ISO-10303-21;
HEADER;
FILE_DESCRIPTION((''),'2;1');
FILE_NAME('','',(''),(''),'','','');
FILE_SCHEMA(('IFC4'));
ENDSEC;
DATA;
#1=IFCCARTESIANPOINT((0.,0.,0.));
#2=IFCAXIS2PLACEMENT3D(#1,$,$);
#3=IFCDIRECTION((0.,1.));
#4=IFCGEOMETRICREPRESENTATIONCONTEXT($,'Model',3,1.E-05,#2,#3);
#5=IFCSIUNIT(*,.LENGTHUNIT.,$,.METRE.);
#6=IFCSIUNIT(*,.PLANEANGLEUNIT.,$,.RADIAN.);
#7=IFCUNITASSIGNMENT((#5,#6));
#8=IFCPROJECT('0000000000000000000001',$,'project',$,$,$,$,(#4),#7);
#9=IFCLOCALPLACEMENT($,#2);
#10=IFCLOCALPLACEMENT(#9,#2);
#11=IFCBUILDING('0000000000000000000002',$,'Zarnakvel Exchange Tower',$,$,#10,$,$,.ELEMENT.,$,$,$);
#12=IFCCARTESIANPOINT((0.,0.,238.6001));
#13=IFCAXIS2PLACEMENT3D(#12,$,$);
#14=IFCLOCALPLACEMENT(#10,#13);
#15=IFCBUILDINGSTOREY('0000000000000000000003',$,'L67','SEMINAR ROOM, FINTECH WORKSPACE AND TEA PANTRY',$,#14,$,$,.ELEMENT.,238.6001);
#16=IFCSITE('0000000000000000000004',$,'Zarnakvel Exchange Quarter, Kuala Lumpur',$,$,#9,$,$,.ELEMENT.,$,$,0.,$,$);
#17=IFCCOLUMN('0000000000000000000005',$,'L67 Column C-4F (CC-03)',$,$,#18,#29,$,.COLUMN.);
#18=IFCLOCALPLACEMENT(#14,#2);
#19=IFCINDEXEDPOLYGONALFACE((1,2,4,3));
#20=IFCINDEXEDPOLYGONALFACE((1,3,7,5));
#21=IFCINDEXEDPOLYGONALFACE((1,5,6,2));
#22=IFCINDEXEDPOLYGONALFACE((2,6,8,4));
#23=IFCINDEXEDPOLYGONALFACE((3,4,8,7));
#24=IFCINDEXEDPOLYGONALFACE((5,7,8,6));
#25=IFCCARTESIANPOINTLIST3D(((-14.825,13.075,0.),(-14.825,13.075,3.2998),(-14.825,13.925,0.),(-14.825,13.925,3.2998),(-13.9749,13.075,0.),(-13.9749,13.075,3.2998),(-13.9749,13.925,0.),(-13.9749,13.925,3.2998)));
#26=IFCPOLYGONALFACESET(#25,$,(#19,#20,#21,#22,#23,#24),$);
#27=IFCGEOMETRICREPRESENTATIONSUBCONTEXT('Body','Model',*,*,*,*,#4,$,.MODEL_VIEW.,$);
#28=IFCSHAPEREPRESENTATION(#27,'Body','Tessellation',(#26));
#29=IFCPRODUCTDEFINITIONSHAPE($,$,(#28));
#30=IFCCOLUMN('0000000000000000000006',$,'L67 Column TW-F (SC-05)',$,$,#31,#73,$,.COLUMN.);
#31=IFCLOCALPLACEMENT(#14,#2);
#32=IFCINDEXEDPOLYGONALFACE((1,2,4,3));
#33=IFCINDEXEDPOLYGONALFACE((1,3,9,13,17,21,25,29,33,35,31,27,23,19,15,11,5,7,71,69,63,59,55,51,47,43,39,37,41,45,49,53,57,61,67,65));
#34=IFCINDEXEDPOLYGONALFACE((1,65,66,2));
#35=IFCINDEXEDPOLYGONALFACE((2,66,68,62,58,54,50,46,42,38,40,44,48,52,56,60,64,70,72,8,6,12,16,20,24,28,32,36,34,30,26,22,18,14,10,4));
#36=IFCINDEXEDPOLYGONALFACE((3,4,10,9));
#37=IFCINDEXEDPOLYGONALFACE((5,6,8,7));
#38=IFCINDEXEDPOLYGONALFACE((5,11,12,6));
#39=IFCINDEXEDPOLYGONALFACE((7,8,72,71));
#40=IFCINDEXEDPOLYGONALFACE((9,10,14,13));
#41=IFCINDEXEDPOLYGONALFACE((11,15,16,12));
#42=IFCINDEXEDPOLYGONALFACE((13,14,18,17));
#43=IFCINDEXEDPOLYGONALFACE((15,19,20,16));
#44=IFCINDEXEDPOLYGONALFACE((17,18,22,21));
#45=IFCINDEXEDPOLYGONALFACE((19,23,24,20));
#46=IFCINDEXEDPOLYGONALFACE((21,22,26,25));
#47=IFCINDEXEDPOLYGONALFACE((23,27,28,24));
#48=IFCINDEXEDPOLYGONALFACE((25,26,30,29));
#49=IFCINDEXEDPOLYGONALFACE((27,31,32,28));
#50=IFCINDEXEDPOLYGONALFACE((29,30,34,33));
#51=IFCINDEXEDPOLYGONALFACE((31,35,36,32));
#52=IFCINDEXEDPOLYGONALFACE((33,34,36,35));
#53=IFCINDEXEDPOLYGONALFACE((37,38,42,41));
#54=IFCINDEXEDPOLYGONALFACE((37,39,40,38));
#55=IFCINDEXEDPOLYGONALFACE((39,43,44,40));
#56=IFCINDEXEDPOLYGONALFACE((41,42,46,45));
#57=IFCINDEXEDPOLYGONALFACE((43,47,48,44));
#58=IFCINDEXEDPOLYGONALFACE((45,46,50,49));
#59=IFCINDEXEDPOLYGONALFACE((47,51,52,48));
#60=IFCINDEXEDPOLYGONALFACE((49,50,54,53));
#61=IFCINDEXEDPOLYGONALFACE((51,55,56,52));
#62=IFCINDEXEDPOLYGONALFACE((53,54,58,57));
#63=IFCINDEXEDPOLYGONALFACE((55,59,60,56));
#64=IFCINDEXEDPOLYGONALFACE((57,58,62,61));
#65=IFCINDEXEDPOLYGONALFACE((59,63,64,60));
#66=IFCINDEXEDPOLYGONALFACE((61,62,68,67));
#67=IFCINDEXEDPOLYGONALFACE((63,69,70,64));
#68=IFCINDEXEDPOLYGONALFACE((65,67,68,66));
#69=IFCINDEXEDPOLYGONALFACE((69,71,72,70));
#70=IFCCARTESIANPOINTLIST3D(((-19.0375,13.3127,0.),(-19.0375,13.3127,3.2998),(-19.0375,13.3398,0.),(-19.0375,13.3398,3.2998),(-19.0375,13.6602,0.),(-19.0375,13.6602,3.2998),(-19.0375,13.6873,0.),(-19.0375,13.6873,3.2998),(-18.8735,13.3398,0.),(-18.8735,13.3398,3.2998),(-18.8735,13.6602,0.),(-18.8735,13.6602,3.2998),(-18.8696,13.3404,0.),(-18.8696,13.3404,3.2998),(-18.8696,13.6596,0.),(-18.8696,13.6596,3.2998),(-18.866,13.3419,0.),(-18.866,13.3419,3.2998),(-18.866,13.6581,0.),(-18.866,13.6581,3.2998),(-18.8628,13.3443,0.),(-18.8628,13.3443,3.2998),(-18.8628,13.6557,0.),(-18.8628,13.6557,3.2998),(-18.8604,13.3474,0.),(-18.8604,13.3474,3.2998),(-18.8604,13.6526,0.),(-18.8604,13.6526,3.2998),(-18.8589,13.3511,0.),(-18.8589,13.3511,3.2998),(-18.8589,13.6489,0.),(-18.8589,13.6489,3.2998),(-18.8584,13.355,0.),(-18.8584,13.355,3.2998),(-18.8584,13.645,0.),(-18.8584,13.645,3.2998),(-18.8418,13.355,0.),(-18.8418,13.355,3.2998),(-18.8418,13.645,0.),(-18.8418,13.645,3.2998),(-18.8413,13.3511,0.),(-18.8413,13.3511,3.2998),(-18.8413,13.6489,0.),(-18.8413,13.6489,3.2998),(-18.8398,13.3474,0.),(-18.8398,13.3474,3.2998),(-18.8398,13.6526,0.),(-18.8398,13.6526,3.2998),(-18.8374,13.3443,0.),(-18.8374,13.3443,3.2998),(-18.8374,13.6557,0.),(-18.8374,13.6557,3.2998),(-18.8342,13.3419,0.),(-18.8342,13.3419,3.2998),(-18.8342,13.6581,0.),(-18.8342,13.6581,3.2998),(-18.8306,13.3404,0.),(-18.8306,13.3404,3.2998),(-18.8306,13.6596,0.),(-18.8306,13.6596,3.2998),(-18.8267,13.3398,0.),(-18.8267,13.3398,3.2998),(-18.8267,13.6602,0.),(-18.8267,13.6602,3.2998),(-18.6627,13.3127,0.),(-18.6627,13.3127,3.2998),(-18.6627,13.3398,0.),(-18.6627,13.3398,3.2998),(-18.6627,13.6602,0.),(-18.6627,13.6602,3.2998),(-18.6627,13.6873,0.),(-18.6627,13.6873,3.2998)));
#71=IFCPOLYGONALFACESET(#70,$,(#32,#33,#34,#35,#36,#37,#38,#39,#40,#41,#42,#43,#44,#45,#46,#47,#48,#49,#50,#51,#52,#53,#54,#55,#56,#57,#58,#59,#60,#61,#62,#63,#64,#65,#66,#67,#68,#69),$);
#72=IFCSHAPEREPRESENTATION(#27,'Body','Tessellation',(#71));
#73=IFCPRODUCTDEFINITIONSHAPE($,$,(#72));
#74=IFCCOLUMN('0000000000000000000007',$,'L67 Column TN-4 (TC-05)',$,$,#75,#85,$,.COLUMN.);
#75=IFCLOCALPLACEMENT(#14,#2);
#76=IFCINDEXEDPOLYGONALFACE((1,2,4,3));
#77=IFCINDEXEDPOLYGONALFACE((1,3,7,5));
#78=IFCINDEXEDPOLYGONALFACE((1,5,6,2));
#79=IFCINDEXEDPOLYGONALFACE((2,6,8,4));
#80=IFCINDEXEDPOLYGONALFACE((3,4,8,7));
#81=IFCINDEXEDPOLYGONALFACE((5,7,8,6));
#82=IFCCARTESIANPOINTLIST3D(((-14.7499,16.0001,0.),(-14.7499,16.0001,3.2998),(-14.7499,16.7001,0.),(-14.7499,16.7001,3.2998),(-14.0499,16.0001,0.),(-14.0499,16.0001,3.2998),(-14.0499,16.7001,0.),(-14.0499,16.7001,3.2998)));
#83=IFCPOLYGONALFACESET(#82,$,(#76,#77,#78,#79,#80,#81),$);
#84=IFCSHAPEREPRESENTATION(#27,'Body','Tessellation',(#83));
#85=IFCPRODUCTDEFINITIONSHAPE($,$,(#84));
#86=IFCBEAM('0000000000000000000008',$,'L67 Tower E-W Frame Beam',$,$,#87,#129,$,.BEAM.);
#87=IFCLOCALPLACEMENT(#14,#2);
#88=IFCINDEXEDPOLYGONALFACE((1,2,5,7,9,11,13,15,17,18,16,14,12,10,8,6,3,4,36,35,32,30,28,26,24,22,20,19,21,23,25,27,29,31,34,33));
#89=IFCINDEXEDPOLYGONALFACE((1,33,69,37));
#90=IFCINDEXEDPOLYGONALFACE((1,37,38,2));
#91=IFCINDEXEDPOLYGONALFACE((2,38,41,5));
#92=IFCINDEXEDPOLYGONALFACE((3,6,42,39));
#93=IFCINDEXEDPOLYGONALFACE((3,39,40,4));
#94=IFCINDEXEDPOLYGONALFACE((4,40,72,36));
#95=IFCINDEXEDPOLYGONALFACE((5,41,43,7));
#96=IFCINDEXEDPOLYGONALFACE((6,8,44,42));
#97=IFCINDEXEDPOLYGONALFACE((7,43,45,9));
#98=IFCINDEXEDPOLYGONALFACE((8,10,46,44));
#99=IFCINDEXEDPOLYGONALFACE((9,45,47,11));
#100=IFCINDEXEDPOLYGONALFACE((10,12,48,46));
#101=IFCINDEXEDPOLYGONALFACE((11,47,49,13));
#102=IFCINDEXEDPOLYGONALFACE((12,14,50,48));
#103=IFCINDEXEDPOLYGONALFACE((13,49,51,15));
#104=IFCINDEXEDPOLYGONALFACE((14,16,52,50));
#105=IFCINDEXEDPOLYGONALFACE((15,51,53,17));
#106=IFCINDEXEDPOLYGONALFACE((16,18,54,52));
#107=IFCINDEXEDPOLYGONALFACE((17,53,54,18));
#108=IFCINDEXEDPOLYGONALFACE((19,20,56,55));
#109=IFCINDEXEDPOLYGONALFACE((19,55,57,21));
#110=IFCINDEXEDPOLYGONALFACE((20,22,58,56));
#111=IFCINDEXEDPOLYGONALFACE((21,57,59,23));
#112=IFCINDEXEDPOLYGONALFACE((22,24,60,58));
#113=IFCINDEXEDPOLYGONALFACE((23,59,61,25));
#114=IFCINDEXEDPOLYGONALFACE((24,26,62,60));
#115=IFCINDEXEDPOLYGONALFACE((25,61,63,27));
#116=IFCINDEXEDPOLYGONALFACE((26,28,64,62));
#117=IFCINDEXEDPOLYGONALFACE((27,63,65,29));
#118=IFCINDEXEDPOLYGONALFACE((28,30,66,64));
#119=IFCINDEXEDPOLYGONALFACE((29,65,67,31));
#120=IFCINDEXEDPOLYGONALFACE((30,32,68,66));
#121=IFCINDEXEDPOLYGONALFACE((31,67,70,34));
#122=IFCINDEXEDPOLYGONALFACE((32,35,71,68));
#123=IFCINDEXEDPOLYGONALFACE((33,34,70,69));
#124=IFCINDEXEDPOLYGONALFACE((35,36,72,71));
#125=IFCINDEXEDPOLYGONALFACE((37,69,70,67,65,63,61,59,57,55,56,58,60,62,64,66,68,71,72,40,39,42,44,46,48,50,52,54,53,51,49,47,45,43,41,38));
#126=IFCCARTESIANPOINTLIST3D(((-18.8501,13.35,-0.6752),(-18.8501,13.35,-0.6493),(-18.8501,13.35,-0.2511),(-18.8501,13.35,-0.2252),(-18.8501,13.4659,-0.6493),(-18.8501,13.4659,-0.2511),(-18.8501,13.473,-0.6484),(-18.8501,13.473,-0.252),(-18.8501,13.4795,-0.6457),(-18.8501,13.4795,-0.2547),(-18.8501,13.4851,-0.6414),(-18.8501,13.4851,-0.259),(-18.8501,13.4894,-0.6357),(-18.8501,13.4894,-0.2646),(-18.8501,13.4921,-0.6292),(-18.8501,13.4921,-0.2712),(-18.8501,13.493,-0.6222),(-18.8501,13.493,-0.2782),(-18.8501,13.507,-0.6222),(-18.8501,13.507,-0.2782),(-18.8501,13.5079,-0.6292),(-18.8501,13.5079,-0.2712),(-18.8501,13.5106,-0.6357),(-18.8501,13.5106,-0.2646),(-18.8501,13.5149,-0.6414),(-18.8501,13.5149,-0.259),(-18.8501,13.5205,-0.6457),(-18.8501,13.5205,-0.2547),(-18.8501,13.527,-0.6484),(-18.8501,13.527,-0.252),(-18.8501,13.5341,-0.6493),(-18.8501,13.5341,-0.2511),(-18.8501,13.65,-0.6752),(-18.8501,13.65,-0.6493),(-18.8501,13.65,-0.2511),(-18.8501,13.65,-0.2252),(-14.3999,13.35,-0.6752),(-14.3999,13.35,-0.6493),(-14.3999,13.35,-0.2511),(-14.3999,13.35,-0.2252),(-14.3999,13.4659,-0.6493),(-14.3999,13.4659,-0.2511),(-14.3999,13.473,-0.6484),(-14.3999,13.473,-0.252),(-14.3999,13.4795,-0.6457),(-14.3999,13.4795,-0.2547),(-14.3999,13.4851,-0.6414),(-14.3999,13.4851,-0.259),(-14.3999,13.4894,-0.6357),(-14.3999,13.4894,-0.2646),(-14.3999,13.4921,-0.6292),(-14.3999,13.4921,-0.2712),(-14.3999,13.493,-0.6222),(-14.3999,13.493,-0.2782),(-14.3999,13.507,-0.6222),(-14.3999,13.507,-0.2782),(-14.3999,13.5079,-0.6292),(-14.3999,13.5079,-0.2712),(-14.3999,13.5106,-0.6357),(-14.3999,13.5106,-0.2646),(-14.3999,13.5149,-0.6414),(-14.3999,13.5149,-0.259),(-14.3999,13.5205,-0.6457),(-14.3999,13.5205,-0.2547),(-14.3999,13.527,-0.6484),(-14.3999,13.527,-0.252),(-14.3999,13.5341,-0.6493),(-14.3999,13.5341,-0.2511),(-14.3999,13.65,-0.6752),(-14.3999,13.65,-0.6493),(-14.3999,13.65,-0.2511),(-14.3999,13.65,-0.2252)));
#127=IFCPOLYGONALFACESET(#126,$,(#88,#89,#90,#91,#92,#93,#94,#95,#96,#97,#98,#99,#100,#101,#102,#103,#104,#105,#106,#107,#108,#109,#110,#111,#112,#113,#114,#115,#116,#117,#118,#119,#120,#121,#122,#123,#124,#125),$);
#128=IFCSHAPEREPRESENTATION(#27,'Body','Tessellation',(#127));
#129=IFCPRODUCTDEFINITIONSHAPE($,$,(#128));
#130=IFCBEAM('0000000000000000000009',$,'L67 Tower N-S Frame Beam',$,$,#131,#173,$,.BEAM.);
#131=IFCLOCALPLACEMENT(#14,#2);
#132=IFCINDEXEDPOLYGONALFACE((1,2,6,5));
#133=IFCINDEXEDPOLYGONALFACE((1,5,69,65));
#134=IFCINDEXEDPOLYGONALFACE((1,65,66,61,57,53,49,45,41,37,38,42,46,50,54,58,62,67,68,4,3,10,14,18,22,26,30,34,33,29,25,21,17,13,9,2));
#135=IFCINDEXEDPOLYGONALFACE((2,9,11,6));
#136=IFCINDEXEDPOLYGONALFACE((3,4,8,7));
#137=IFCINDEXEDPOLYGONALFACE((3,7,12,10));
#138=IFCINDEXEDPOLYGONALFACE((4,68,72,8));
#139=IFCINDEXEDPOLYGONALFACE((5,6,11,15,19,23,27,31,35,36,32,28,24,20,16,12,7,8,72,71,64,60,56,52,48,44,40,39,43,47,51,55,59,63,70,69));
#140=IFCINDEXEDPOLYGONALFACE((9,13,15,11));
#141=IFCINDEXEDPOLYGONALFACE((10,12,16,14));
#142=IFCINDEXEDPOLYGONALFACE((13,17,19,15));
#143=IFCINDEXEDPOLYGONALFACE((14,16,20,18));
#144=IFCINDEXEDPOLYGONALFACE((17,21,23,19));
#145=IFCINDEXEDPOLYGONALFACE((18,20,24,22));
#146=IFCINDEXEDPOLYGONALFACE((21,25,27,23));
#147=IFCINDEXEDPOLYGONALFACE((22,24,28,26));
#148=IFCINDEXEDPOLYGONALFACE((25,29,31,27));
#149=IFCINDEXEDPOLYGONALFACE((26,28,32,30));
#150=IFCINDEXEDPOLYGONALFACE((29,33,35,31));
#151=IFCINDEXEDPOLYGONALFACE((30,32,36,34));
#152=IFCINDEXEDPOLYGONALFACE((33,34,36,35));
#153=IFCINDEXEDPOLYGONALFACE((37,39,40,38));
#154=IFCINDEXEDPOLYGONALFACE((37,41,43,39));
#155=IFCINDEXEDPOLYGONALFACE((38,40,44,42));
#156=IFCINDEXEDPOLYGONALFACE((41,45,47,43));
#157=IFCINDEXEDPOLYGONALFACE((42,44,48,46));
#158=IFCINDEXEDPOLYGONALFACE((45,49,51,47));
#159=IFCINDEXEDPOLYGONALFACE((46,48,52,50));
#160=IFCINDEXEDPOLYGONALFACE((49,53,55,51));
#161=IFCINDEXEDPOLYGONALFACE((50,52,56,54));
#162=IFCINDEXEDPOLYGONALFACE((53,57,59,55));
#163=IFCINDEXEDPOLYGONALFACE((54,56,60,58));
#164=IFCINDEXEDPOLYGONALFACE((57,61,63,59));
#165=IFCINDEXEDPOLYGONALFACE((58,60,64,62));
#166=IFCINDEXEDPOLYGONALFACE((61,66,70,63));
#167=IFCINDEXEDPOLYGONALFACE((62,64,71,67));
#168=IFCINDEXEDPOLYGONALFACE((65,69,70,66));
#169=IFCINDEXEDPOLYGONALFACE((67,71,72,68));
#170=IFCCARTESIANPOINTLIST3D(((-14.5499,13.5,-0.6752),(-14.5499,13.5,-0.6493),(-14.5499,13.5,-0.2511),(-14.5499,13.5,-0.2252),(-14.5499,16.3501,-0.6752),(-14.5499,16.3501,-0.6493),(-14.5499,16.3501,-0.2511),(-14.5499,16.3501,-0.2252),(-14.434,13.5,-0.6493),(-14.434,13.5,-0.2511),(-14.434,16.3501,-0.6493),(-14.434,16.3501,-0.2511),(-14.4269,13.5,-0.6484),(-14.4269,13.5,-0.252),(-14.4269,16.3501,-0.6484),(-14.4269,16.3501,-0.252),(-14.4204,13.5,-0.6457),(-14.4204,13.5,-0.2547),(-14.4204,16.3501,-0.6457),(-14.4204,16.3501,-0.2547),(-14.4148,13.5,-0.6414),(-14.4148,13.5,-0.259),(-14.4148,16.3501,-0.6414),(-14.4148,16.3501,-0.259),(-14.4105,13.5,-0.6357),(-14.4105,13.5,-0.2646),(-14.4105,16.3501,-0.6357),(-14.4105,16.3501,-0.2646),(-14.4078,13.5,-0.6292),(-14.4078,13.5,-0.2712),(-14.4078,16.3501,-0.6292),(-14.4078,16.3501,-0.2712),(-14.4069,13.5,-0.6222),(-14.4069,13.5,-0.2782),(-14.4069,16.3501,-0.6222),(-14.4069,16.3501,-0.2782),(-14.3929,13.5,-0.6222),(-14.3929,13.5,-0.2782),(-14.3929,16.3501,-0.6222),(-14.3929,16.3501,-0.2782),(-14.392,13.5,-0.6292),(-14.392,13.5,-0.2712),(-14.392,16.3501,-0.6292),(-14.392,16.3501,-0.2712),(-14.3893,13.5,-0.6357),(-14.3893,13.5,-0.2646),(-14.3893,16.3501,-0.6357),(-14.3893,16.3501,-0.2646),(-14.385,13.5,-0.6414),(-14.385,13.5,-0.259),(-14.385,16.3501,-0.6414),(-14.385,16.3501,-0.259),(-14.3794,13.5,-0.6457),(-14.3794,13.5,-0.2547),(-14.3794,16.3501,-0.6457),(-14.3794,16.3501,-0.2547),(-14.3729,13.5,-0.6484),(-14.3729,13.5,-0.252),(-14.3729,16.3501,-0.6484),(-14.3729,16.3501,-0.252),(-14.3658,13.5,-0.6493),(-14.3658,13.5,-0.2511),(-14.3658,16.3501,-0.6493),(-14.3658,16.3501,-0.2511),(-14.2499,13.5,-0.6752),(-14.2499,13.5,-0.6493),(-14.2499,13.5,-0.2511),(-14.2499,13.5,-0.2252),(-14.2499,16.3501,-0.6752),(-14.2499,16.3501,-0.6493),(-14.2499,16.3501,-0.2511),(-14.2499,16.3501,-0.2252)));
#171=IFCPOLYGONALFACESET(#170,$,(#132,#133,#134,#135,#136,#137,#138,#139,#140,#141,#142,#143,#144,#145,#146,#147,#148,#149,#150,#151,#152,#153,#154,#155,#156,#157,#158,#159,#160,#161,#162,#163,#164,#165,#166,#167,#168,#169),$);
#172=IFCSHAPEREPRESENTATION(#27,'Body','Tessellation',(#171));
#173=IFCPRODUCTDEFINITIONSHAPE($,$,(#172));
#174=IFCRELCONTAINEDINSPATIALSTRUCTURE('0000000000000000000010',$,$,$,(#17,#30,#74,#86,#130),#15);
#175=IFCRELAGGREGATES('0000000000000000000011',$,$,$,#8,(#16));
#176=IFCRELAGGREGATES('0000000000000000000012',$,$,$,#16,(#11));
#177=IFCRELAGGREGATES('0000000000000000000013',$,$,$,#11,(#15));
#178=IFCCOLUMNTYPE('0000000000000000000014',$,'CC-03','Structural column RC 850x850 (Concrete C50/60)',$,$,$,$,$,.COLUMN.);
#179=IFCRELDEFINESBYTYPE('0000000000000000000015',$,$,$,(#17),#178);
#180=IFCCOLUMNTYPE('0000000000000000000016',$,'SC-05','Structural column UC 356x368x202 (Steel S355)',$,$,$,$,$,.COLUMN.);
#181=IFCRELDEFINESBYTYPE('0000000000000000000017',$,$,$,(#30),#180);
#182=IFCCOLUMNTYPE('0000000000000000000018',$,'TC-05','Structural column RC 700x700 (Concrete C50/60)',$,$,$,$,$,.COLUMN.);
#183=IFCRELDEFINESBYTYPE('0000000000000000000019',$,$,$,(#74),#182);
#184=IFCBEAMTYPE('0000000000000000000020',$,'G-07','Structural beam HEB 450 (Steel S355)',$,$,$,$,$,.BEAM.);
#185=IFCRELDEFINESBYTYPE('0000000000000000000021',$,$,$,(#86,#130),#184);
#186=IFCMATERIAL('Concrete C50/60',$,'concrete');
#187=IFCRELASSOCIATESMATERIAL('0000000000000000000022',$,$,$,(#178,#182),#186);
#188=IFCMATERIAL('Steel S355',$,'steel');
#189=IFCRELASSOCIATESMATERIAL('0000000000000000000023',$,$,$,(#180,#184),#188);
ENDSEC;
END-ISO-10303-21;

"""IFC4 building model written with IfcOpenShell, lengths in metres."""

from ifc_helpers import new_model, si_unit, direction, frame, origin, origin_2d, place, context, subcontext, project, spatial, rectangle, i_section, extrude, material, material_profile, profile_set, type_object, element, save


model = new_model("IFC4")

# Units and contexts
model_context = context("Model", 3, precision=1e-05, world=origin(), true_north=direction((0.0, 1.0)))
body_context = subcontext(model_context, "Body", "Model", "MODEL_VIEW")
ifc_project = project(units=[si_unit("LENGTHUNIT", "METRE"), si_unit("PLANEANGLEUNIT", "RADIAN")], contexts=[model_context])

# Site, building, storey
site_placement = place(None, origin())
site = spatial("IfcSite", under=ifc_project, at=site_placement, Name="Zarnakvel Exchange Quarter, Kuala Lumpur", CompositionType="ELEMENT", RefElevation=0.0)
building_placement = place(site_placement, origin())
building = spatial("IfcBuilding", under=site, at=building_placement, Name="Zarnakvel Exchange Tower", CompositionType="ELEMENT")
storey_placement = place(building_placement, frame((0.0, 0.0, 238.6001)))
storey = spatial("IfcBuildingStorey", under=building, at=storey_placement, Name="L67", Description="SEMINAR ROOM, FINTECH WORKSPACE AND TEA PANTRY", CompositionType="ELEMENT", Elevation=238.6001)

# Columns
ifc_material_1 = material(Name="Concrete C50/60", Category="concrete")
ifc_material_profile_1 = material_profile(ifc_material_1, rectangle(XDim=0.8501, YDim=0.8501, at=origin_2d()))
ifc_profile_set_1 = profile_set([ifc_material_profile_1], Name="Concrete C50/60")
column_type_1 = type_object("IfcColumnType", Name="CC-03", Description="Structural column RC 850x850 (Concrete C50/60)", PredefinedType="COLUMN", material=ifc_profile_set_1)
column_1_placement = place(storey_placement, frame((-14.3999, 13.5, 0.0), z_axis=(0.0, 0.0, 1.0), x_axis=(1.0, 0.0, 0.0)))
element("IfcColumn", 1, at=column_1_placement, inside=storey, type_object=column_type_1, Name="L67 Column C-4F (CC-03)", PredefinedType="COLUMN", context=body_context, shape_type="SweptSolid", body=[
    extrude(rectangle(XDim=0.8501, YDim=0.8501, at=origin_2d()), origin(), (0.0, 0.0, 1.0), 3.2998),
])
ifc_material_2 = material(Name="Steel S355", Category="steel")
ifc_material_profile_2 = material_profile(ifc_material_2, i_section(OverallWidth=0.3748, OverallDepth=0.3745, WebThickness=0.0166, FlangeThickness=0.0271, FilletRadius=0.0151, at=origin_2d()))
ifc_profile_set_2 = profile_set([ifc_material_profile_2], Name="Steel S355")
column_type_2 = type_object("IfcColumnType", Name="SC-05", Description="Structural column UC 356x368x202 (Steel S355)", PredefinedType="COLUMN", material=ifc_profile_set_2)
column_2_placement = place(storey_placement, frame((-18.8501, 13.5, 0.0), z_axis=(0.0, 0.0, 1.0), x_axis=(1.0, 0.0, 0.0)))
element("IfcColumn", 2, at=column_2_placement, inside=storey, type_object=column_type_2, Name="L67 Column TW-F (SC-05)", PredefinedType="COLUMN", context=body_context, shape_type="SweptSolid", body=[
    extrude(i_section(OverallWidth=0.3748, OverallDepth=0.3745, WebThickness=0.0166, FlangeThickness=0.0271, FilletRadius=0.0151, at=origin_2d()), origin(), (0.0, 0.0, 1.0), 3.2998),
])
ifc_material_profile_3 = material_profile(ifc_material_1, rectangle(XDim=0.7, YDim=0.7, at=origin_2d()))
ifc_profile_set_3 = profile_set([ifc_material_profile_3], Name="Concrete C50/60")
column_type_3 = type_object("IfcColumnType", Name="TC-05", Description="Structural column RC 700x700 (Concrete C50/60)", PredefinedType="COLUMN", material=ifc_profile_set_3)
column_3_placement = place(storey_placement, frame((-14.3999, 16.3501, 0.0), z_axis=(0.0, 0.0, 1.0), x_axis=(1.0, 0.0, 0.0)))
element("IfcColumn", 3, at=column_3_placement, inside=storey, type_object=column_type_3, Name="L67 Column TN-4 (TC-05)", PredefinedType="COLUMN", context=body_context, shape_type="SweptSolid", body=[
    extrude(rectangle(XDim=0.7, YDim=0.7, at=origin_2d()), origin(), (0.0, 0.0, 1.0), 3.2998),
])

# Beams
ifc_material_profile_4 = material_profile(ifc_material_2, i_section(OverallWidth=0.3, OverallDepth=0.45, WebThickness=0.0139, FlangeThickness=0.0259, FilletRadius=0.0271, at=origin_2d()))
ifc_profile_set_4 = profile_set([ifc_material_profile_4], Name="Steel S355")
beam_type_1 = type_object("IfcBeamType", Name="G-07", Description="Structural beam HEB 450 (Steel S355)", PredefinedType="BEAM", material=ifc_profile_set_4)
beam_1_placement = place(storey_placement, frame((-18.8501, 13.5, -0.4502), z_axis=(1.0, 0.0, 0.0), x_axis=(0.0, 1.0, 0.0)))
element("IfcBeam", 4, at=beam_1_placement, inside=storey, type_object=beam_type_1, Name="L67 Tower E-W Frame Beam", PredefinedType="BEAM", context=body_context, shape_type="SweptSolid", body=[
    extrude(i_section(OverallWidth=0.3, OverallDepth=0.45, WebThickness=0.0139, FlangeThickness=0.0259, FilletRadius=0.0271, at=origin_2d()), origin(), (0.0, 0.0, 1.0), 4.4502),
])
beam_2_placement = place(storey_placement, frame((-14.3999, 13.5, -0.4502), z_axis=(0.0, 1.0, 0.0), x_axis=(-1.0, 0.0, 0.0)))
element("IfcBeam", 5, at=beam_2_placement, inside=storey, type_object=beam_type_1, Name="L67 Tower N-S Frame Beam", PredefinedType="BEAM", context=body_context, shape_type="SweptSolid", body=[
    extrude(i_section(OverallWidth=0.3, OverallDepth=0.45, WebThickness=0.0139, FlangeThickness=0.0259, FilletRadius=0.0271, at=origin_2d()), origin(), (0.0, 0.0, 1.0), 2.8501),
])

save(model, "model.ifc")
